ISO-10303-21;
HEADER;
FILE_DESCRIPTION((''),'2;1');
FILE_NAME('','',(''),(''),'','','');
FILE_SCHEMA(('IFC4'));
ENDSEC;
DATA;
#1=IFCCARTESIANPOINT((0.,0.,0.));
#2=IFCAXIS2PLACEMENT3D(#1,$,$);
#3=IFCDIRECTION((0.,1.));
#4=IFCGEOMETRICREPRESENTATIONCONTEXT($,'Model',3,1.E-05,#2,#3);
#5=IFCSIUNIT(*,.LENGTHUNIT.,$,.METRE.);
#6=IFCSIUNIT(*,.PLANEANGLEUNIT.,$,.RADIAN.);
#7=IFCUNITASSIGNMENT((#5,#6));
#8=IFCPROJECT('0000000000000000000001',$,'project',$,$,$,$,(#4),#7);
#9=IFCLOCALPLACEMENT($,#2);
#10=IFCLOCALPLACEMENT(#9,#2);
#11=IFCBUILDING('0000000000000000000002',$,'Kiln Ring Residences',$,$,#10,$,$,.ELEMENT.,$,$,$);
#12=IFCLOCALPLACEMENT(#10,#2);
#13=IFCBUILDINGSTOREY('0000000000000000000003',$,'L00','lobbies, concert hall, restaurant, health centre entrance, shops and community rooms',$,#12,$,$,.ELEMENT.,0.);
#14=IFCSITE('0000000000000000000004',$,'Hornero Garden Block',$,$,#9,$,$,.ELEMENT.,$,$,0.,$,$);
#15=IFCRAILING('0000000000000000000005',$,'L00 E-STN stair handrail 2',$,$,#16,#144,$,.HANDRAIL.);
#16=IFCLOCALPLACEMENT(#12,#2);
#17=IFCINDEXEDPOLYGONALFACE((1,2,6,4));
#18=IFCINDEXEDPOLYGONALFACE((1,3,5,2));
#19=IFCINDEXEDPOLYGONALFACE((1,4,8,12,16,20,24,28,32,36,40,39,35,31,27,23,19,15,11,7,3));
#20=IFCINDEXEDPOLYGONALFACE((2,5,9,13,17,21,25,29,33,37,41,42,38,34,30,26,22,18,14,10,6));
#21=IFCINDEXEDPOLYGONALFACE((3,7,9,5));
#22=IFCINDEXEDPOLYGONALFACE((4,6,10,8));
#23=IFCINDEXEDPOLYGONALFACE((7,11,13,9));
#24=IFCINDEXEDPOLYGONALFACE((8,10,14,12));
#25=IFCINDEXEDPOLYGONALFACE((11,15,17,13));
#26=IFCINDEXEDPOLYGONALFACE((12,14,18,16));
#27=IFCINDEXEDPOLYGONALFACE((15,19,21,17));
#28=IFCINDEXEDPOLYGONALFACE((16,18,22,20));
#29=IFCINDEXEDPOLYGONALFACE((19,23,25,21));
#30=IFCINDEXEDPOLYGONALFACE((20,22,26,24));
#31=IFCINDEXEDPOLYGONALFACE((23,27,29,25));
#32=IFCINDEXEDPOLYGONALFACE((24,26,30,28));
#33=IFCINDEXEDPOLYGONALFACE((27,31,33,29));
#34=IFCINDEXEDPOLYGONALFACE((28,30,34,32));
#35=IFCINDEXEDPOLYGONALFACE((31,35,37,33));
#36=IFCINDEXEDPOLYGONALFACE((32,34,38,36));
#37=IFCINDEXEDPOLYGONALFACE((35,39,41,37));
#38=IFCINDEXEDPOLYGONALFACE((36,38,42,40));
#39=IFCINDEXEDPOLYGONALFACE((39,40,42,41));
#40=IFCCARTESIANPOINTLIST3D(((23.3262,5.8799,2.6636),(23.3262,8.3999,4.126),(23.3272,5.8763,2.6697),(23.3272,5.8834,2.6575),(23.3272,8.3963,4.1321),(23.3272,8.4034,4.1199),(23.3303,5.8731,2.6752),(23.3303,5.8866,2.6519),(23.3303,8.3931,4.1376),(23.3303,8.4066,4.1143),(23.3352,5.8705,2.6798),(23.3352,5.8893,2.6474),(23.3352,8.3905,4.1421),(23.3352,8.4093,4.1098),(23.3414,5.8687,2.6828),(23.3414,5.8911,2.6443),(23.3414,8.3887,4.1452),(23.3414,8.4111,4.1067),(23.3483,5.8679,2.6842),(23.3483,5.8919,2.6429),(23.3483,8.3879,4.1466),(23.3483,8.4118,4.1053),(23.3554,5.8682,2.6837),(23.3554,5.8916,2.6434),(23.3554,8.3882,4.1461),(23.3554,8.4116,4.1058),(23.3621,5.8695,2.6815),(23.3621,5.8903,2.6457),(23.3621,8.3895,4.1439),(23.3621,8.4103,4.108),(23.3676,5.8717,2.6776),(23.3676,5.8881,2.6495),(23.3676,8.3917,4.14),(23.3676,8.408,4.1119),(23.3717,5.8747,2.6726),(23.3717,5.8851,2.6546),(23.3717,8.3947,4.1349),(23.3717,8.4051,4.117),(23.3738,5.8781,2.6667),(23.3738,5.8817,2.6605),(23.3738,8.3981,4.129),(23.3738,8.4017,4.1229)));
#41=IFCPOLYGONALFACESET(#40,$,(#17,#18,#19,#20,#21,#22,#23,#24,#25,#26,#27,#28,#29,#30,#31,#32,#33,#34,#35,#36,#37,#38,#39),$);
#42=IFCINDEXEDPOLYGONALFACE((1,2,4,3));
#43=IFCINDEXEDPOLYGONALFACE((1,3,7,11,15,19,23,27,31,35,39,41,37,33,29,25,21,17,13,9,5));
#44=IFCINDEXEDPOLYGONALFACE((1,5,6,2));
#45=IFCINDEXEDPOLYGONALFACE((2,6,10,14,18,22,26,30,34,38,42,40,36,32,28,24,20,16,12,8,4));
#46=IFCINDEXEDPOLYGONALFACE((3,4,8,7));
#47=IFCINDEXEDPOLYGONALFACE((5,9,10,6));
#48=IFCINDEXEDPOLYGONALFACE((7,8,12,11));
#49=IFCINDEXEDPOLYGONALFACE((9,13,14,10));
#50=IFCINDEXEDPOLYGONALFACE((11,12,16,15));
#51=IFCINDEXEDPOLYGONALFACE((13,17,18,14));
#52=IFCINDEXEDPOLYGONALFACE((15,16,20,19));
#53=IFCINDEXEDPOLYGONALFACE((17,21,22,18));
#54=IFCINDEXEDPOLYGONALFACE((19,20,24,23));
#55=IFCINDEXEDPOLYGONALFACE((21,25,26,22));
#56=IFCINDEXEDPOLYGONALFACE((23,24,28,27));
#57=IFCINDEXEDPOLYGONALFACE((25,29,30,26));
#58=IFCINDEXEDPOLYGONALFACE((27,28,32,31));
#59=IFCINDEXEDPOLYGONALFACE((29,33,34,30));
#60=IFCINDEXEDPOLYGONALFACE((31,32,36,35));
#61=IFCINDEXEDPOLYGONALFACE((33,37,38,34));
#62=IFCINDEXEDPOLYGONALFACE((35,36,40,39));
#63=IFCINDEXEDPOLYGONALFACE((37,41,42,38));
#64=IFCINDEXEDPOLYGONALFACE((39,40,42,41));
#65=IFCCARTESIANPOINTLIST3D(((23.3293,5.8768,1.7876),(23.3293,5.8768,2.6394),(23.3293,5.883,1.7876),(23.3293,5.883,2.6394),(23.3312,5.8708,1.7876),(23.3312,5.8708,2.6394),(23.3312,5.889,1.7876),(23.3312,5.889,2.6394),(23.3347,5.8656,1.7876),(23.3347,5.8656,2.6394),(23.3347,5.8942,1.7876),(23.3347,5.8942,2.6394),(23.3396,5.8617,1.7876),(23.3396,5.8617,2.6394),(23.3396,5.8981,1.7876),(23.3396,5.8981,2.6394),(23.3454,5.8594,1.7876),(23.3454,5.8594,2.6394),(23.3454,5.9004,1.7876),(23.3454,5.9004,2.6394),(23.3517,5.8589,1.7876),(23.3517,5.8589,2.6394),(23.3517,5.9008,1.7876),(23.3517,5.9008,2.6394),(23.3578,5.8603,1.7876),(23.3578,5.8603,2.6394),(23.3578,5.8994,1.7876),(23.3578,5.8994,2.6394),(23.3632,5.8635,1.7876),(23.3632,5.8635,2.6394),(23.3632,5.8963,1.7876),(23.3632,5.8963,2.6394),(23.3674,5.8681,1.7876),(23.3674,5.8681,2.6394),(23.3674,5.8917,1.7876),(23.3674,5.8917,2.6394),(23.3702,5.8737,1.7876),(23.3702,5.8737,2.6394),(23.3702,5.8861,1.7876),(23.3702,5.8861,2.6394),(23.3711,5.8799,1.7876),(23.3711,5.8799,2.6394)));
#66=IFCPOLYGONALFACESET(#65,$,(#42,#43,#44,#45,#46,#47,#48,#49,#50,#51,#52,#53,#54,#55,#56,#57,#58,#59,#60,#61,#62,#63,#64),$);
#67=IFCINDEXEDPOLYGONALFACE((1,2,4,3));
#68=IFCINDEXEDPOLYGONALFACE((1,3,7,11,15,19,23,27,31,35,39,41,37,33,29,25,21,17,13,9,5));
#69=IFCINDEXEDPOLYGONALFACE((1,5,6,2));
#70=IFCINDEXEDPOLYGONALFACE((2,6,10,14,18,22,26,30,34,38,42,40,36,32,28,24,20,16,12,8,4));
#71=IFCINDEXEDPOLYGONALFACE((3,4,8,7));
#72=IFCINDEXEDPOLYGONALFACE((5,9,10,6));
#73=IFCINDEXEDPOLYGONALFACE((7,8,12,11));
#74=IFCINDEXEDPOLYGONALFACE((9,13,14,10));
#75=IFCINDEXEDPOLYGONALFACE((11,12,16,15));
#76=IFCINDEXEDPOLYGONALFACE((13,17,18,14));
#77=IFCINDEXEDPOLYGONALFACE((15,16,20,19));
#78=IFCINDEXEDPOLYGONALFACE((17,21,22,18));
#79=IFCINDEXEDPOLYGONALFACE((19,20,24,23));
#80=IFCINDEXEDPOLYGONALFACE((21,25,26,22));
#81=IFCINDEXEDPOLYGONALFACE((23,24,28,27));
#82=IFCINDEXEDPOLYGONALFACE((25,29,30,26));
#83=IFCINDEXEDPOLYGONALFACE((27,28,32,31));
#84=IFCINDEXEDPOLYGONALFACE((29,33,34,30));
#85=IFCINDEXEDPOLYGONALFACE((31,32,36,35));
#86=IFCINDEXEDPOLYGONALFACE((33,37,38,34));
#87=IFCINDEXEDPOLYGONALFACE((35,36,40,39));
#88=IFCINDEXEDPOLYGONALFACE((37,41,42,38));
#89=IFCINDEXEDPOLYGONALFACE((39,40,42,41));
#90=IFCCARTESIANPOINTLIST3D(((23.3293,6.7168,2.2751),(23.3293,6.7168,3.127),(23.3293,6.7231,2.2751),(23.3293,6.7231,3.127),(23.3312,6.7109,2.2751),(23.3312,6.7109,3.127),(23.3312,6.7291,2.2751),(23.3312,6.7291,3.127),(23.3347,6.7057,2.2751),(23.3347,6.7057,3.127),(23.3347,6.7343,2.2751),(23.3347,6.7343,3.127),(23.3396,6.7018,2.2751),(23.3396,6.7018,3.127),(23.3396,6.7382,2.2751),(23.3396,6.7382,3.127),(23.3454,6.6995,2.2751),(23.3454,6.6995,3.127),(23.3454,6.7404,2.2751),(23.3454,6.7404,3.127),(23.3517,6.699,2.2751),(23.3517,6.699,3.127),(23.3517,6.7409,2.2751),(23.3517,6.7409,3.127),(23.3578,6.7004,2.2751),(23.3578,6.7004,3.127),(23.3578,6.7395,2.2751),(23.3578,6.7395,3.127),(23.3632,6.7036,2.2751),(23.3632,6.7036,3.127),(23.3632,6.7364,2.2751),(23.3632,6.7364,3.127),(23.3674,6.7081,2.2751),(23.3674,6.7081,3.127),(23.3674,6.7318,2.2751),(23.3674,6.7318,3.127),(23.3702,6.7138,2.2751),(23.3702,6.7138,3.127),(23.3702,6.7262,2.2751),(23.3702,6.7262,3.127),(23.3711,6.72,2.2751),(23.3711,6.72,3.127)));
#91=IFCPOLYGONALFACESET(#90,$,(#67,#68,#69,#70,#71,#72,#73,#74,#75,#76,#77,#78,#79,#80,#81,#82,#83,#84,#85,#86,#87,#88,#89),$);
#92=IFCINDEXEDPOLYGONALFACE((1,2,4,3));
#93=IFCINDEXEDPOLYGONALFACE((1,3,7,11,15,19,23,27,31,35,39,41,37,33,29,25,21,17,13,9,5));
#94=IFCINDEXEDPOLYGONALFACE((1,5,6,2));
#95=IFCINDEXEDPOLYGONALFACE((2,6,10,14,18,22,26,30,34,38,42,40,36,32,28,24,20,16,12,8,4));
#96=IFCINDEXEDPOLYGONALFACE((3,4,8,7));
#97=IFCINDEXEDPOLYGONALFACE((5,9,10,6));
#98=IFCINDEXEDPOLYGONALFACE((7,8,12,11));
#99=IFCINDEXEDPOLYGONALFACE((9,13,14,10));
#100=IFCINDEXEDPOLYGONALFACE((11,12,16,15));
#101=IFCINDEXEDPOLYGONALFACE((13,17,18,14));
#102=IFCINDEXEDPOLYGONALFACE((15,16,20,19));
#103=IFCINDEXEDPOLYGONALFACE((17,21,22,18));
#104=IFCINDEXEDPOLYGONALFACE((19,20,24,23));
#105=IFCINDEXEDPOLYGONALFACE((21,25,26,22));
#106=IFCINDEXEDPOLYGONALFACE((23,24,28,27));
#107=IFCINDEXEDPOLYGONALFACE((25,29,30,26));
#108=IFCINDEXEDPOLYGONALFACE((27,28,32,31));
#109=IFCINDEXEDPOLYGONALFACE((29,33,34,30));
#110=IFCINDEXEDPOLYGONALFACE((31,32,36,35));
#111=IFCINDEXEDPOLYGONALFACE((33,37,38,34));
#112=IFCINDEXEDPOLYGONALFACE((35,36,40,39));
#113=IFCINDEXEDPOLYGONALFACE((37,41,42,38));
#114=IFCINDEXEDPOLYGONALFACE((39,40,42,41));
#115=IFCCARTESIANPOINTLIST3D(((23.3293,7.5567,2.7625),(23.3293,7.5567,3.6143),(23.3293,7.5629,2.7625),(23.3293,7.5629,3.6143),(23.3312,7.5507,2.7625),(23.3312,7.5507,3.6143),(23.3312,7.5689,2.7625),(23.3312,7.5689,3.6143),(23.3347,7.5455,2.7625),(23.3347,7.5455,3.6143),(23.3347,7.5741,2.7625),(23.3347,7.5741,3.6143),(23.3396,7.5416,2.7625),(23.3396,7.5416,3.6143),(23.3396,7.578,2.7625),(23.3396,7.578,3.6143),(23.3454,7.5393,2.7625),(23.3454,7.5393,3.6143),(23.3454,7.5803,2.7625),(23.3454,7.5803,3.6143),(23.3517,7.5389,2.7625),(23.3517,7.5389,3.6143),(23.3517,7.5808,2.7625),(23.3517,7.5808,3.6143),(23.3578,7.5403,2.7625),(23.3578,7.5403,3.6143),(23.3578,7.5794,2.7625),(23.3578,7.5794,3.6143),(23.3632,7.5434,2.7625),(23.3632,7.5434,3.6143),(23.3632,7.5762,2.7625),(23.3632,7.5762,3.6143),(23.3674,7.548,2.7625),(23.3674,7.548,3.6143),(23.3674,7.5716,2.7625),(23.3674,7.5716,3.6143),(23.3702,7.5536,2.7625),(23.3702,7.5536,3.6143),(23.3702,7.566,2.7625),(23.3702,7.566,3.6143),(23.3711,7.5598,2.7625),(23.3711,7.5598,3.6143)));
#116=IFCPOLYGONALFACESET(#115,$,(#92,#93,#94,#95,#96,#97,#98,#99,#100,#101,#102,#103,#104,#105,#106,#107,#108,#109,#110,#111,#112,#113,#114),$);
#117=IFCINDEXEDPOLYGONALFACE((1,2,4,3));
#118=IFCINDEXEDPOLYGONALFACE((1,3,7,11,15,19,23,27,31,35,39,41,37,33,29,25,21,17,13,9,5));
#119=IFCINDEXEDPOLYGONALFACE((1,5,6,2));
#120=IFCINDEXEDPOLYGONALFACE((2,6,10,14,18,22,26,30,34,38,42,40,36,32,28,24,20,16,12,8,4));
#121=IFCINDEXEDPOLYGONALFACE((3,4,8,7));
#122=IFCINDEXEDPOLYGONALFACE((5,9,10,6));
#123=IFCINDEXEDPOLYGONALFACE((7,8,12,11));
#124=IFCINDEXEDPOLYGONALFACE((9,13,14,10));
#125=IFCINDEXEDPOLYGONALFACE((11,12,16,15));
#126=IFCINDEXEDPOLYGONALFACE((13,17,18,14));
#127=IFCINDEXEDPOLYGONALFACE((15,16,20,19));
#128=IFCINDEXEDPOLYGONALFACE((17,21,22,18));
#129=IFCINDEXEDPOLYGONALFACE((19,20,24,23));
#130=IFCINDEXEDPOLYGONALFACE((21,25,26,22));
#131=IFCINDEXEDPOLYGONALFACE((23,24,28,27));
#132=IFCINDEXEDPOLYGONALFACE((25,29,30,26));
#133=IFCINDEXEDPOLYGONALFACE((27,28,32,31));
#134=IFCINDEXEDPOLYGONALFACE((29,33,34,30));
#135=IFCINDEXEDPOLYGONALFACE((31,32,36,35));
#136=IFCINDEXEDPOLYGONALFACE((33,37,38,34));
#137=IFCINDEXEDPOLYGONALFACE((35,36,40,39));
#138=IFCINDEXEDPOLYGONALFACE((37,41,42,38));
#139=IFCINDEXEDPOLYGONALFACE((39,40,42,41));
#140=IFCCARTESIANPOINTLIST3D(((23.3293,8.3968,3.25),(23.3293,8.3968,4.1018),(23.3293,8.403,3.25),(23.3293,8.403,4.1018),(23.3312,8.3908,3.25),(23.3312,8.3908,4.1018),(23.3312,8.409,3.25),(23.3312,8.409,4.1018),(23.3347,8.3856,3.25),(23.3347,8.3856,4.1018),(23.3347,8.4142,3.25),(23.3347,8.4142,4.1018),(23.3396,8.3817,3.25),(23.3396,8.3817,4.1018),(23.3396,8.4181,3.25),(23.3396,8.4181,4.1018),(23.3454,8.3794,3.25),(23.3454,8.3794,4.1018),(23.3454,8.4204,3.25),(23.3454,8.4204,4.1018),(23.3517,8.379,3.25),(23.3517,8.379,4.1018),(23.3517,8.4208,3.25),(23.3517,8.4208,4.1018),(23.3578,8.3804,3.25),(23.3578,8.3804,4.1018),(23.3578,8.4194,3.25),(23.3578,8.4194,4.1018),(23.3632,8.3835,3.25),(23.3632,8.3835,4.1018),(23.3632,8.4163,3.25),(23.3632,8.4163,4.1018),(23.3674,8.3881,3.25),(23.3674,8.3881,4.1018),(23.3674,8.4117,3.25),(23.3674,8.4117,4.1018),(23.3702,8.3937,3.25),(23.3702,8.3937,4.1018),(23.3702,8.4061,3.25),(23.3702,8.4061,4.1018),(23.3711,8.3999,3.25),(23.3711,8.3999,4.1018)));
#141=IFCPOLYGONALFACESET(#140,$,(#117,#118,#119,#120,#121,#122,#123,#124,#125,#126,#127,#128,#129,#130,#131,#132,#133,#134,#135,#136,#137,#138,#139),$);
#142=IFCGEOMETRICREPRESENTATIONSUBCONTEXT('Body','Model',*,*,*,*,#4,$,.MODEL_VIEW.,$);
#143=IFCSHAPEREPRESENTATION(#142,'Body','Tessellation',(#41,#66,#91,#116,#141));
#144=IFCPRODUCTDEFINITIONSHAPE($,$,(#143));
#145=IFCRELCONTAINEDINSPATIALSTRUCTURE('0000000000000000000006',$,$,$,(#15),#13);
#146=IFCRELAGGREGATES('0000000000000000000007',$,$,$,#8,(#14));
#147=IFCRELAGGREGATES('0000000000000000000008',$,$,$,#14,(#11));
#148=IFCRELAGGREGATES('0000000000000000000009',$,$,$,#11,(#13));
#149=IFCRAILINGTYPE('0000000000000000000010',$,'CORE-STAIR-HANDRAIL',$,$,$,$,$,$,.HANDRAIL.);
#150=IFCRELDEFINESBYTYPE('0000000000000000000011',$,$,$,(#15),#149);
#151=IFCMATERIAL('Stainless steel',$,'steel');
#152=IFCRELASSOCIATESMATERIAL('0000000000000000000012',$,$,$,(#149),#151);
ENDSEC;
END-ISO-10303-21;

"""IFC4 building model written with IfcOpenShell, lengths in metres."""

from ifc_helpers import new_model, si_unit, direction, frame, origin, origin_2d, place, context, subcontext, project, spatial, circle, extrude, material, type_object, element, save


model = new_model("IFC4")

# Units and contexts
model_context = context("Model", 3, precision=1e-05, world=origin(), true_north=direction((0.0, 1.0)))
body_context = subcontext(model_context, "Body", "Model", "MODEL_VIEW")
ifc_project = project(units=[si_unit("LENGTHUNIT", "METRE"), si_unit("PLANEANGLEUNIT", "RADIAN")], contexts=[model_context])

# Site, building, storey
site_placement = place(None, origin())
site = spatial("IfcSite", under=ifc_project, at=site_placement, Name="Hornero Garden Block", CompositionType="ELEMENT", RefElevation=0.0)
building_placement = place(site_placement, origin())
building = spatial("IfcBuilding", under=site, at=building_placement, Name="Kiln Ring Residences", CompositionType="ELEMENT")
storey_placement = place(building_placement, origin())
storey = spatial("IfcBuildingStorey", under=building, at=storey_placement, Name="L00", Description="lobbies, concert hall, restaurant, health centre entrance, shops and community rooms", CompositionType="ELEMENT", Elevation=0.0)

# Railing
ifc_material_1 = material(Name="Stainless steel", Category="steel")
railing_type = type_object("IfcRailingType", Name="CORE-STAIR-HANDRAIL", PredefinedType="HANDRAIL", material=ifc_material_1)
for number, where, name in (
    (1, (23.3501, 5.8799, 1.7876), "L00 E-STN stair handrail 2"),
):
    element("IfcRailing", number, at=place(storey_placement, frame(where)), inside=storey, type_object=railing_type, Name=name, PredefinedType="HANDRAIL", context=body_context, shape_type="SweptSolid", body=[
        extrude(circle(Radius=0.0239, at=origin_2d()), frame((0.0, 0.0, 0.876), z_axis=(0.0, 0.864913, 0.501921), x_axis=(-1.0, 0.0, 0.0)), (0.0, 0.0, 1.0), 2.9136),
        extrude(circle(Radius=0.021, at=origin_2d()), origin(), (0.0, 0.0, 1.0), 0.8518),
        extrude(circle(Radius=0.021, at=origin_2d()), frame((0.0, 0.8401, 0.4875)), (0.0, 0.0, 1.0), 0.8518),
        extrude(circle(Radius=0.021, at=origin_2d()), frame((0.0, 1.6799, 0.9749)), (0.0, 0.0, 1.0), 0.8518),
        extrude(circle(Radius=0.021, at=origin_2d()), frame((0.0, 2.52, 1.4624)), (0.0, 0.0, 1.0), 0.8518),
    ])

save(model, "model.ifc")
